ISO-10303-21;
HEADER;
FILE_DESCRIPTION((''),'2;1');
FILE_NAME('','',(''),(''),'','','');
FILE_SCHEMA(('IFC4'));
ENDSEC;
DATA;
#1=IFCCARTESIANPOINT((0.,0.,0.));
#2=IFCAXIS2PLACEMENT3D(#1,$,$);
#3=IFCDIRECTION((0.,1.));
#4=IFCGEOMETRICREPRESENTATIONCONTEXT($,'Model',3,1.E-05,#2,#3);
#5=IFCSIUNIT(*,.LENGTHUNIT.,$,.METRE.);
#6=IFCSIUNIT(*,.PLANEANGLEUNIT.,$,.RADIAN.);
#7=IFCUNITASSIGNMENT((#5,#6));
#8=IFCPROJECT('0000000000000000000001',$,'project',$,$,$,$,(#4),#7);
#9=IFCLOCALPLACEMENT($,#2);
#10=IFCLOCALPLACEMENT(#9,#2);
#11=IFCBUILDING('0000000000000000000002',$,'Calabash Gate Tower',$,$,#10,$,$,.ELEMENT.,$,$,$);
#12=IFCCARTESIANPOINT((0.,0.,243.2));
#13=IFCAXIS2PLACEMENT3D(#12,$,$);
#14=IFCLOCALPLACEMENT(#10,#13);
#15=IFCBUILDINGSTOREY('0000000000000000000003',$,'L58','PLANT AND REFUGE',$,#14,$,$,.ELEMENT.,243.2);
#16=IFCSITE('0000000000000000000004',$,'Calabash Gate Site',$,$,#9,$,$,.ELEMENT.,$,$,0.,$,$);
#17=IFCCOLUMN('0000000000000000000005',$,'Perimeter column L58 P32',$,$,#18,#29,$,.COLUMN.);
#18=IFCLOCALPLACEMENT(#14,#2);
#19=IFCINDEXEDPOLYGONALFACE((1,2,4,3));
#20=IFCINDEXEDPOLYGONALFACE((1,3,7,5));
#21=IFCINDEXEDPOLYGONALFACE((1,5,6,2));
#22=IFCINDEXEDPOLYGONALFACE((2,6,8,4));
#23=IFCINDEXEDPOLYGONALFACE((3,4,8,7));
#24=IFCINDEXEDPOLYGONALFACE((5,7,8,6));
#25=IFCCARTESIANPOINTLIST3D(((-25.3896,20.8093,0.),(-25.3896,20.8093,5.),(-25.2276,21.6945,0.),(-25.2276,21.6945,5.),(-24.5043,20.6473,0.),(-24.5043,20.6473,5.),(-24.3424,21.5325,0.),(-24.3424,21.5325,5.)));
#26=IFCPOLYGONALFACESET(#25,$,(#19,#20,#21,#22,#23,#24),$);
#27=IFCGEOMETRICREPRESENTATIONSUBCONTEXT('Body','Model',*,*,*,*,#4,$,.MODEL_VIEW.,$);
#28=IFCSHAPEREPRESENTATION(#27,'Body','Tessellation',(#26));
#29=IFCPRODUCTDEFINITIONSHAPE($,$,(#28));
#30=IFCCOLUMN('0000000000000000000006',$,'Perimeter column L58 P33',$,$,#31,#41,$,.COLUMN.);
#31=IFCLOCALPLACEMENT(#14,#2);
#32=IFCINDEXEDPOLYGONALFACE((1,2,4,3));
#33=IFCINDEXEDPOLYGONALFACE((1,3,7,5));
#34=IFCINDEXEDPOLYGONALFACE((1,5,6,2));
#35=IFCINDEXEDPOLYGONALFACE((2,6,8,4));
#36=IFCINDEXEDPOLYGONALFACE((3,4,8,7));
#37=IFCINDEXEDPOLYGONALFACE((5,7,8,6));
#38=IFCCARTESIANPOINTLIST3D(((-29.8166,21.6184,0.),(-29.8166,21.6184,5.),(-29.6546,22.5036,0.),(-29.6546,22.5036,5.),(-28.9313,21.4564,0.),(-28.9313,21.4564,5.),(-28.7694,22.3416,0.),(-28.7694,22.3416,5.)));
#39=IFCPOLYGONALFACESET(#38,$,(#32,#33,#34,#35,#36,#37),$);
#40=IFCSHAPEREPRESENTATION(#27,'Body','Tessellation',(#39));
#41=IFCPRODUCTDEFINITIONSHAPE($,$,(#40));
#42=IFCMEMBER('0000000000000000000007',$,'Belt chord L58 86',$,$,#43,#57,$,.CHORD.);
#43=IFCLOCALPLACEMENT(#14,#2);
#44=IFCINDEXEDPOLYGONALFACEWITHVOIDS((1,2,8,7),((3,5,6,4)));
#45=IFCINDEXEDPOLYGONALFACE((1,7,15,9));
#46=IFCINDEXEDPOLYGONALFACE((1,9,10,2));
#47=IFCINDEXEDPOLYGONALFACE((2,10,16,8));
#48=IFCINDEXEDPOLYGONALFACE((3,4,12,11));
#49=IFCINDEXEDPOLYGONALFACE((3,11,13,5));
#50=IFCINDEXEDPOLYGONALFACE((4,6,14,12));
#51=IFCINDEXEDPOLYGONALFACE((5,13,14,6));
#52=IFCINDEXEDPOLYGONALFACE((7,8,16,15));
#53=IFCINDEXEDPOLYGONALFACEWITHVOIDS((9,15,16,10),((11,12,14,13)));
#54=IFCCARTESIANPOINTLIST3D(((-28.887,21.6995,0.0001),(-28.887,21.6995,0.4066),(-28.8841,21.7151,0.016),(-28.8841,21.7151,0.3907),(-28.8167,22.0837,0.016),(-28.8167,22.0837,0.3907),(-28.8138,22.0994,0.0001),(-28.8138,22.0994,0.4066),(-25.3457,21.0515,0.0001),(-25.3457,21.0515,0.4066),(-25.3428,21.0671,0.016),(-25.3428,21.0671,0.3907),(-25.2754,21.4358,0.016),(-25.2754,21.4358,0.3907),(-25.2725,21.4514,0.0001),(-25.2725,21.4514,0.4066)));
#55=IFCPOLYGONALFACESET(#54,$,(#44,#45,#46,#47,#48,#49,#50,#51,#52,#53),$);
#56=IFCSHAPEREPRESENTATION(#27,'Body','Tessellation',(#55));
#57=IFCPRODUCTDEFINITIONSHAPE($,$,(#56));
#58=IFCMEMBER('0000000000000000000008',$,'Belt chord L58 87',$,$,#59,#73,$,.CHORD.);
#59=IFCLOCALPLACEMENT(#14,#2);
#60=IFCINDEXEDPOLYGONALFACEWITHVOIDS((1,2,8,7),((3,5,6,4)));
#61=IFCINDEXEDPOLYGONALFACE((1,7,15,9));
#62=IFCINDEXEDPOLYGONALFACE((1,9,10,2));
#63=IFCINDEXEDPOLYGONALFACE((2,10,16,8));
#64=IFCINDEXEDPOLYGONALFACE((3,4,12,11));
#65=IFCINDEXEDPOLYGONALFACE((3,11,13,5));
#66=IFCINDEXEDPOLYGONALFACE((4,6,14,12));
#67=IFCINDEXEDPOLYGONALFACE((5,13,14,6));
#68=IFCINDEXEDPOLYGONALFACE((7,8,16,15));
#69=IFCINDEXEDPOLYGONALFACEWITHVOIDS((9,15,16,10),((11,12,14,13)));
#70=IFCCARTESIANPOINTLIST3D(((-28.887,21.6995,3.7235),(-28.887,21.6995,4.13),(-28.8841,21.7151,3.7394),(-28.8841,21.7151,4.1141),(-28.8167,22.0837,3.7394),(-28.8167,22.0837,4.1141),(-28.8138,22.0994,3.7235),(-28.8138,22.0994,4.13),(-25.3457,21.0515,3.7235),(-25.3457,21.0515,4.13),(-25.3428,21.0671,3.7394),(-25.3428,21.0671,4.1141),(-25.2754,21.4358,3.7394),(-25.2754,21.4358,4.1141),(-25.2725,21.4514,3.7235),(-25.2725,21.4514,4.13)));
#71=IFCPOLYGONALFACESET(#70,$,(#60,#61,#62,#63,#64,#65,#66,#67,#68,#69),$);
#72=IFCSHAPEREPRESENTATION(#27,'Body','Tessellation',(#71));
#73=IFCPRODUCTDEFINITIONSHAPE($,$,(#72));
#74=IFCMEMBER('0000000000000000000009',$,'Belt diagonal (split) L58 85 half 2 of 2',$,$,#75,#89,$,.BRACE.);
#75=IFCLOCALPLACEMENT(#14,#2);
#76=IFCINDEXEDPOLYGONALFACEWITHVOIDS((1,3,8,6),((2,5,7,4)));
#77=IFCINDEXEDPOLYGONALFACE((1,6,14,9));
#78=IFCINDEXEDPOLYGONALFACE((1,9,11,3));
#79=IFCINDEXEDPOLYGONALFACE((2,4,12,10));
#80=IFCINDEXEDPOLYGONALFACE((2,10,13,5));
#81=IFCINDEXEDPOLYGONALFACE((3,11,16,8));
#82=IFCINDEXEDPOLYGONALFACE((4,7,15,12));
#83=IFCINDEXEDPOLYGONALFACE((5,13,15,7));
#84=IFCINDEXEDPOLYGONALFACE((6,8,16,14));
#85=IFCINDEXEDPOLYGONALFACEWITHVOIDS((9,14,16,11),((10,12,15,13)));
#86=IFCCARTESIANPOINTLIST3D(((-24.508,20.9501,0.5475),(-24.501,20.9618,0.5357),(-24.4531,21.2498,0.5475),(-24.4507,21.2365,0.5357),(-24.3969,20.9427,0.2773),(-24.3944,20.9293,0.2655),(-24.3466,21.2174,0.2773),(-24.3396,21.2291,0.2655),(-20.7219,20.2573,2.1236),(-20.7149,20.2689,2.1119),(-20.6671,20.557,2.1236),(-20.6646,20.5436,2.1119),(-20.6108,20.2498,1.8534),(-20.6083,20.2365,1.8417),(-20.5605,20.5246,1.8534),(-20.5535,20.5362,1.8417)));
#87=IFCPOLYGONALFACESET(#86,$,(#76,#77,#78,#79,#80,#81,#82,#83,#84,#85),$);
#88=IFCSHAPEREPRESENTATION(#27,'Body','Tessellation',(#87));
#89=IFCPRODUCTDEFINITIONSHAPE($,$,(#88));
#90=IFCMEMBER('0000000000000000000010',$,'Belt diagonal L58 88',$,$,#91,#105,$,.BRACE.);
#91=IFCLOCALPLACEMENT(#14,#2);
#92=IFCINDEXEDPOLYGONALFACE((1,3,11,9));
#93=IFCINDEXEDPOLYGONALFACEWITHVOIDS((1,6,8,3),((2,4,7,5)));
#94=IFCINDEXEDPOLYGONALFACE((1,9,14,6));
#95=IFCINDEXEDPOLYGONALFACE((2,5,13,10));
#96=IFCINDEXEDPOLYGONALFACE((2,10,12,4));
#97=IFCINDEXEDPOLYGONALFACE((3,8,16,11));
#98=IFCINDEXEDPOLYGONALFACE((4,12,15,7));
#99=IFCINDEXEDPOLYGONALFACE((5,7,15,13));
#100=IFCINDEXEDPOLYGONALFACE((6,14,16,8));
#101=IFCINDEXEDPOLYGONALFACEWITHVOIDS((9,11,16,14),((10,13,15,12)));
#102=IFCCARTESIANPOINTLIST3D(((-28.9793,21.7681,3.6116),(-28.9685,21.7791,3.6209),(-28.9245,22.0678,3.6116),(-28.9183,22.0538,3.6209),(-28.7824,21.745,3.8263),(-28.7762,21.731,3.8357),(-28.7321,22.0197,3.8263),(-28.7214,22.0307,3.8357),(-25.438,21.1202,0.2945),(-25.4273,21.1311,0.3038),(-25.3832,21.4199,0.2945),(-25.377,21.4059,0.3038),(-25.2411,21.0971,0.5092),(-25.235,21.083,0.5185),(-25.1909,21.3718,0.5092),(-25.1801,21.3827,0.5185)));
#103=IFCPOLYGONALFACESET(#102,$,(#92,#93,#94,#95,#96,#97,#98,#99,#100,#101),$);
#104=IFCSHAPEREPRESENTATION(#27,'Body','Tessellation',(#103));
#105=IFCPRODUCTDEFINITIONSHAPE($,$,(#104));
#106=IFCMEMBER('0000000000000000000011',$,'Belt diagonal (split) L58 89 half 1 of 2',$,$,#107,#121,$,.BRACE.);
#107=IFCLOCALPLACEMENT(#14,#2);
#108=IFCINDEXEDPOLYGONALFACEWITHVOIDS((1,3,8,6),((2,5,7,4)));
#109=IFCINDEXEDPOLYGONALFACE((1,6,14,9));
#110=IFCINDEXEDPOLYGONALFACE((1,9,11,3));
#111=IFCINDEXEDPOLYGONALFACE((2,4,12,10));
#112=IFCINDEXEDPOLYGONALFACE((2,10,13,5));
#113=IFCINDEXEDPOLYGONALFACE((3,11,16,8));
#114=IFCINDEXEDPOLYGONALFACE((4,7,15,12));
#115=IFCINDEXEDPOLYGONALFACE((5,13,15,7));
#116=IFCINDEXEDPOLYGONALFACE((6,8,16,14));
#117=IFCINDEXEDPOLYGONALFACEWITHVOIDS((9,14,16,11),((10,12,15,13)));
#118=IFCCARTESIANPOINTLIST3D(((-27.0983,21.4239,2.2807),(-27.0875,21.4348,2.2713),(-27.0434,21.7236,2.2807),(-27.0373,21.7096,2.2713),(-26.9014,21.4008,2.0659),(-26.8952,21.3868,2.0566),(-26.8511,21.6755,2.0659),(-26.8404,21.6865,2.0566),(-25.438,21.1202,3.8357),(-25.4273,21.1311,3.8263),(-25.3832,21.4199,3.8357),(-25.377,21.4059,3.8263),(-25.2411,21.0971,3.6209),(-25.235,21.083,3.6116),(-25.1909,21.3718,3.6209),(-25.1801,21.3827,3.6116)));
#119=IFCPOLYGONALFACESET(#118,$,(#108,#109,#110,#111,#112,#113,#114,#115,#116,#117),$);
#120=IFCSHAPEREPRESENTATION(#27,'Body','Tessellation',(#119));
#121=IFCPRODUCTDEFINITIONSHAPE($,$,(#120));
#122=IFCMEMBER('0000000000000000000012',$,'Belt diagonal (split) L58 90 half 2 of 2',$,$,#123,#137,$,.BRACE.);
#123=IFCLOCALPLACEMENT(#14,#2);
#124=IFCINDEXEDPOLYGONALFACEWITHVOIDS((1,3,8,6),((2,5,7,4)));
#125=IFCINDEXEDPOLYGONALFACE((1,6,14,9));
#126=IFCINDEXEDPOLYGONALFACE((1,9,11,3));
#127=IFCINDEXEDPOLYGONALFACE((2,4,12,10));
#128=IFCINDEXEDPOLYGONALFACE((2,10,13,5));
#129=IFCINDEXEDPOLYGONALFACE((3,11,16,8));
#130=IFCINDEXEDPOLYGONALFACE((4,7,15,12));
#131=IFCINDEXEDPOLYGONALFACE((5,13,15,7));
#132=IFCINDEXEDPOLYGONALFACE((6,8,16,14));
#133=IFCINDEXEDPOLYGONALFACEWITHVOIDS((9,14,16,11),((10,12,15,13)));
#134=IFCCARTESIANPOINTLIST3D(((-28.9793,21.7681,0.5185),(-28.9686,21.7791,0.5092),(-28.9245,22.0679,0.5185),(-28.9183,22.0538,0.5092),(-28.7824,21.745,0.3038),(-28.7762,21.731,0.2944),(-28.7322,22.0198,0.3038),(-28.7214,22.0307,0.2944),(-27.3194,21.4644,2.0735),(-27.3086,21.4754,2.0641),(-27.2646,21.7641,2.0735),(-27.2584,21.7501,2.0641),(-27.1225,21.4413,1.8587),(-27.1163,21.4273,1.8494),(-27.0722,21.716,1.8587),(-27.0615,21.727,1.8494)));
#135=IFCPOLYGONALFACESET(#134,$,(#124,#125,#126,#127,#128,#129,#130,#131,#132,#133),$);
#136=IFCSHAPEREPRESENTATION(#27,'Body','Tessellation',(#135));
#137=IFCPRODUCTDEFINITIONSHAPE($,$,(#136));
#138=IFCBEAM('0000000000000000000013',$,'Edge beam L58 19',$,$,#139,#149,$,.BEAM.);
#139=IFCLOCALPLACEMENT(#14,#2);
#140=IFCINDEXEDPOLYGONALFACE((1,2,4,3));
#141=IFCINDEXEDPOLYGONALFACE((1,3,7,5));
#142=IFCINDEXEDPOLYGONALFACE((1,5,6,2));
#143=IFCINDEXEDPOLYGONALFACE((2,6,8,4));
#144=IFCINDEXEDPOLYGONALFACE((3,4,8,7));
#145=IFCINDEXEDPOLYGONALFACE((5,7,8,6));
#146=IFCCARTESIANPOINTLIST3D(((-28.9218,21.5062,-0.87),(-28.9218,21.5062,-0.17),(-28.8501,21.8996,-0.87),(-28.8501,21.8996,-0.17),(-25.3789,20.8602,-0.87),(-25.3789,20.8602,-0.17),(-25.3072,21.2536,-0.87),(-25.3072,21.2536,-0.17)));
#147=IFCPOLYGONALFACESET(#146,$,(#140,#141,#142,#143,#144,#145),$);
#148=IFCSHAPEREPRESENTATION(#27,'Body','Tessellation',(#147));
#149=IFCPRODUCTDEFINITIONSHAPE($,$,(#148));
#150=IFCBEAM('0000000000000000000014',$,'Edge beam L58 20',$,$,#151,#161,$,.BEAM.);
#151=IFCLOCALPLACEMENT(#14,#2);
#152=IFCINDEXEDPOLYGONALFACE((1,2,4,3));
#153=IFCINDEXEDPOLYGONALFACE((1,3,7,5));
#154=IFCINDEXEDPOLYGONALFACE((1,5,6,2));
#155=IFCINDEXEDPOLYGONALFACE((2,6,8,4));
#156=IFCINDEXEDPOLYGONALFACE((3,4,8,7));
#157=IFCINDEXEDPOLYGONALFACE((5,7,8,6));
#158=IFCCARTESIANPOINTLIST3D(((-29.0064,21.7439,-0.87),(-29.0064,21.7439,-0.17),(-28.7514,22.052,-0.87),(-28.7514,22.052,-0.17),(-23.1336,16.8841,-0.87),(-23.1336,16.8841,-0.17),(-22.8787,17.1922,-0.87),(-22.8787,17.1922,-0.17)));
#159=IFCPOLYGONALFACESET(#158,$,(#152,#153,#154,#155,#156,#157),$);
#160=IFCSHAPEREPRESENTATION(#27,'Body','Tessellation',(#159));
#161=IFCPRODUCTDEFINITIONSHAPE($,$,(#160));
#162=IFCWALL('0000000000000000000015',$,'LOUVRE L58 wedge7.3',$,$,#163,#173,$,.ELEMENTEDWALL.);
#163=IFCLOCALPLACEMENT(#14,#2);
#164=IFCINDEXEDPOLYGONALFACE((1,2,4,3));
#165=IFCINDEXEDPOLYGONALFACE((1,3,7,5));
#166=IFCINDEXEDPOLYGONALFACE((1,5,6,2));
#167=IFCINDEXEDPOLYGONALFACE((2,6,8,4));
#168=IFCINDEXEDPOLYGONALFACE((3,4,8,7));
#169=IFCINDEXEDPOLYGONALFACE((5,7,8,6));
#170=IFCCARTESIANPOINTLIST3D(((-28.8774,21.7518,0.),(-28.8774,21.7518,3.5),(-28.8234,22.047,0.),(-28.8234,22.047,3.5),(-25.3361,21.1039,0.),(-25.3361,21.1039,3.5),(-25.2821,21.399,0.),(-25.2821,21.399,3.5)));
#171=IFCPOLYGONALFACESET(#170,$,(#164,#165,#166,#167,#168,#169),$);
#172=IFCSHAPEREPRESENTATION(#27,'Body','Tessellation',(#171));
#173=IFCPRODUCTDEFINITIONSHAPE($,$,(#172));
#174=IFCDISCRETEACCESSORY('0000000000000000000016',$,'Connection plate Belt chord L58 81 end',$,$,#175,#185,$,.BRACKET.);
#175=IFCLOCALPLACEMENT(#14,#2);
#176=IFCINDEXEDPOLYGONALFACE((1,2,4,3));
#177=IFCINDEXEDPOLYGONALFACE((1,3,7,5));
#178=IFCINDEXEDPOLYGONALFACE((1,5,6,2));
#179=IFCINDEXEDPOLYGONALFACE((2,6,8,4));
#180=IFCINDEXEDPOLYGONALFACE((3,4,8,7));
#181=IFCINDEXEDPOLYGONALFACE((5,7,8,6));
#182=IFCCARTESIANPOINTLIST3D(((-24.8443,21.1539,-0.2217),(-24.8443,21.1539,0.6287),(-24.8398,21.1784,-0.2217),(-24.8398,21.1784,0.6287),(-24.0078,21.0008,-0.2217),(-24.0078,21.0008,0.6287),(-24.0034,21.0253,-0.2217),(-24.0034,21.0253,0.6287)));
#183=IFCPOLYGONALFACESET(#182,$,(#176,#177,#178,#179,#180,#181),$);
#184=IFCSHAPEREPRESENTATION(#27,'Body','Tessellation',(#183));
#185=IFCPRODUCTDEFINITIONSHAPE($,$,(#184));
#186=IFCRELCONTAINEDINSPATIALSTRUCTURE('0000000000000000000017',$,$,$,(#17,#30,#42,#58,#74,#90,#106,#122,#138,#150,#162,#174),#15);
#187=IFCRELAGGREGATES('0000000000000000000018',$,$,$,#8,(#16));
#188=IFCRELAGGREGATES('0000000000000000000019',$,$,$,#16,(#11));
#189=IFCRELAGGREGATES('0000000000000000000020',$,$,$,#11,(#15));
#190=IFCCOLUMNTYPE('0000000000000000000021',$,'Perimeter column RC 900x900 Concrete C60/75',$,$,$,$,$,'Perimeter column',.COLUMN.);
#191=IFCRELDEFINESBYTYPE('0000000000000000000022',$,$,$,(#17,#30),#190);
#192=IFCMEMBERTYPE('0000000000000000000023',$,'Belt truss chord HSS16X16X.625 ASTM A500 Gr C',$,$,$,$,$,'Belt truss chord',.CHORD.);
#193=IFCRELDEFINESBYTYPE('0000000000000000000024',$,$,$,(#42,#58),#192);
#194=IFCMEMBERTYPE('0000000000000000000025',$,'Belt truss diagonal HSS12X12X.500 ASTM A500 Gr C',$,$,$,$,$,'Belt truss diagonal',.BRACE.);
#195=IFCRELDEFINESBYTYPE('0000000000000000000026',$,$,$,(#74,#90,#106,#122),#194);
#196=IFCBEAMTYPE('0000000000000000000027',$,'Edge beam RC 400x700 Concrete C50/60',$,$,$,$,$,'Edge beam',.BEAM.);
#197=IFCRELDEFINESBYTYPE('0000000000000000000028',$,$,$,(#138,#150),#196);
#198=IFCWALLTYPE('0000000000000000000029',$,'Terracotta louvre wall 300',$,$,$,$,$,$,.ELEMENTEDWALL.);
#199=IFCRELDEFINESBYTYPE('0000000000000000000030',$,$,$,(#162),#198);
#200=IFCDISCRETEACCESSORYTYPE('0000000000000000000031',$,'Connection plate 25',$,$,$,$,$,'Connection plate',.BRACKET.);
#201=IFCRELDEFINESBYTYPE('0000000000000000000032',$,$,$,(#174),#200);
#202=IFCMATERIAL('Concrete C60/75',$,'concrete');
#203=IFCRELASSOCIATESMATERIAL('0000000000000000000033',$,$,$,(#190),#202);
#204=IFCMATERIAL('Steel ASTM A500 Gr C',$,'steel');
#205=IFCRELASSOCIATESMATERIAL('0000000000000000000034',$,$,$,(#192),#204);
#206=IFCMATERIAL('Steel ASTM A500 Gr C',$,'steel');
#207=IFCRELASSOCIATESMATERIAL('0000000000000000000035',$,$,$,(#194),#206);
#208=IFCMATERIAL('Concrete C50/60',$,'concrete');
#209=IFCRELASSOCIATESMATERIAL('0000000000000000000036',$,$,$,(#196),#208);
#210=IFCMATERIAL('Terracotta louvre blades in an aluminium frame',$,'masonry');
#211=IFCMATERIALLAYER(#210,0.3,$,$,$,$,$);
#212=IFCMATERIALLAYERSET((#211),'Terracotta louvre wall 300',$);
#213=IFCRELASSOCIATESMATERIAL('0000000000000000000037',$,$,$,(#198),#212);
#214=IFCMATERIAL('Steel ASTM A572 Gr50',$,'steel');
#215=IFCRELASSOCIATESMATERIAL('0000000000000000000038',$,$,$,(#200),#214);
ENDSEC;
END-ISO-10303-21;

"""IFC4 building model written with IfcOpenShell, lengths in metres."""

from ifc_helpers import new_model, si_unit, direction, frame, frame_2d, origin, origin_2d, place, context, subcontext, project, spatial, rectangle, hollow_rectangle, extrude, material, layer, layer_set, material_profile, profile_set, type_object, element, save


model = new_model("IFC4")

# Units and contexts
model_context = context("Model", 3, precision=1e-05, world=origin(), true_north=direction((0.0, 1.0)))
body_context = subcontext(model_context, "Body", "Model", "MODEL_VIEW")
ifc_project = project(units=[si_unit("LENGTHUNIT", "METRE"), si_unit("PLANEANGLEUNIT", "RADIAN")], contexts=[model_context])

# Site, building, storey
site_placement = place(None, origin())
site = spatial("IfcSite", under=ifc_project, at=site_placement, Name="Calabash Gate Site", CompositionType="ELEMENT", RefElevation=0.0)
building_placement = place(site_placement, origin())
building = spatial("IfcBuilding", under=site, at=building_placement, Name="Calabash Gate Tower", CompositionType="ELEMENT")
storey_placement = place(building_placement, frame((0.0, 0.0, 243.2)))
storey = spatial("IfcBuildingStorey", under=building, at=storey_placement, Name="L58", Description="PLANT AND REFUGE", CompositionType="ELEMENT", Elevation=243.2)

# Columns
ifc_material_1 = material(Name="Concrete C60/75", Category="concrete")
ifc_material_profile_1 = material_profile(ifc_material_1, rectangle(XDim=0.8999, YDim=0.8999, at=origin_2d()))
ifc_profile_set_1 = profile_set([ifc_material_profile_1], Name="Concrete C60/75")
column_type = type_object("IfcColumnType", Name="Perimeter column RC 900x900 Concrete C60/75", ElementType="Perimeter column", PredefinedType="COLUMN", material=ifc_profile_set_1)
for number, where, z_axis, x_axis, name in (
    (1, (-24.866, 21.1709, 0.0), (0.0, 0.0, 1.0), (-0.98367, 0.179982, 0.0), "Perimeter column L58 P32"),
    (2, (-29.293, 21.98, 0.0), (0.0, 0.0, 1.0), (-0.98367, 0.179982, 0.0), "Perimeter column L58 P33"),
):
    element("IfcColumn", number, at=place(storey_placement, frame(where, z_axis=z_axis, x_axis=x_axis)), inside=storey, type_object=column_type, Name=name, PredefinedType="COLUMN", context=body_context, shape_type="SweptSolid", body=[
        extrude(rectangle(XDim=0.8999, YDim=0.8999, at=origin_2d()), origin(), (0.0, 0.0, 1.0), 5.0),
    ])

# Members
ifc_material_2 = material(Name="Steel ASTM A500 Gr C", Category="steel")
ifc_material_profile_2 = material_profile(ifc_material_2, hollow_rectangle(XDim=0.4065, YDim=0.4065, WallThickness=0.0159, at=origin_2d()))
ifc_profile_set_2 = profile_set([ifc_material_profile_2], Name="Steel ASTM A500 Gr C")
member_type_1 = type_object("IfcMemberType", Name="Belt truss chord HSS16X16X.625 ASTM A500 Gr C", ElementType="Belt truss chord", PredefinedType="CHORD", material=ifc_profile_set_2)
for number, where, z_axis, x_axis, name in (
    (3, (-25.3091, 21.2515, 0.2034), (-0.98367, 0.179983, 0.0), (-0.179983, -0.98367, 0.0), "Belt chord L58 86"),
    (4, (-25.3091, 21.2515, 3.9268), (-0.98367, 0.179983, 0.0), (-0.179983, -0.98367, 0.0), "Belt chord L58 87"),
):
    element("IfcMember", number, at=place(storey_placement, frame(where, z_axis=z_axis, x_axis=x_axis)), inside=storey, type_object=member_type_1, Name=name, PredefinedType="CHORD", context=body_context, shape_type="SweptSolid", body=[
        extrude(hollow_rectangle(XDim=0.4065, YDim=0.4065, WallThickness=0.0159, at=origin_2d()), origin(), (0.0, 0.0, 1.0), 3.6001),
    ])
ifc_material_3 = material(Name="Steel ASTM A500 Gr C", Category="steel")
ifc_material_profile_3 = material_profile(ifc_material_3, hollow_rectangle(XDim=0.3047, YDim=0.3047, WallThickness=0.0127, at=origin_2d()))
ifc_profile_set_3 = profile_set([ifc_material_profile_3], Name="Steel ASTM A500 Gr C")
member_type_2 = type_object("IfcMemberType", Name="Belt truss diagonal HSS12X12X.500 ASTM A500 Gr C", ElementType="Belt truss diagonal", PredefinedType="BRACE", material=ifc_profile_set_3)
member_1_placement = place(storey_placement, frame((-20.6377, 20.3967, 1.9827), z_axis=(-0.910297, 0.166586, -0.378958), x_axis=(-0.180013, -0.983664, 0.0)))
element("IfcMember", 5, at=member_1_placement, inside=storey, type_object=member_type_2, Name="Belt diagonal (split) L58 85 half 2 of 2", PredefinedType="BRACE", context=body_context, shape_type="SweptSolid", body=[
    extrude(hollow_rectangle(XDim=0.3047, YDim=0.3047, WallThickness=0.0127, at=origin_2d()), origin(), (0.0, 0.0, 1.0), 4.1592),
])
member_2_placement = place(storey_placement, frame((-25.3091, 21.2515, 0.4065), z_axis=(-0.723403, 0.132362, 0.67762), x_axis=(-0.179983, -0.98367, 0.0)))
element("IfcMember", 6, at=member_2_placement, inside=storey, type_object=member_type_2, Name="Belt diagonal L58 88", PredefinedType="BRACE", context=body_context, shape_type="SweptSolid", body=[
    extrude(hollow_rectangle(XDim=0.3047, YDim=0.3047, WallThickness=0.0127, at=origin_2d()), origin(), (0.0, 0.0, 1.0), 4.8953),
])
member_3_placement = place(storey_placement, frame((-25.3091, 21.2515, 3.7236), z_axis=(-0.723438, 0.132347, -0.677585), x_axis=(-0.179955, -0.983675, 0.0)))
element("IfcMember", 7, at=member_3_placement, inside=storey, type_object=member_type_2, Name="Belt diagonal (split) L58 89 half 1 of 2", PredefinedType="BRACE", context=body_context, shape_type="SweptSolid", body=[
    extrude(hollow_rectangle(XDim=0.3047, YDim=0.3047, WallThickness=0.0127, at=origin_2d()), origin(), (0.0, 0.0, 1.0), 2.2949),
])
member_4_placement = place(storey_placement, frame((-27.1904, 21.5957, 1.9614), z_axis=(-0.723388, 0.132357, -0.677637), x_axis=(-0.17998, -0.98367, 0.0)))
element("IfcMember", 8, at=member_4_placement, inside=storey, type_object=member_type_2, Name="Belt diagonal (split) L58 90 half 2 of 2", PredefinedType="BRACE", context=body_context, shape_type="SweptSolid", body=[
    extrude(hollow_rectangle(XDim=0.3047, YDim=0.3047, WallThickness=0.0127, at=origin_2d()), origin(), (0.0, 0.0, 1.0), 2.2947),
])

# Beams
ifc_material_4 = material(Name="Concrete C50/60", Category="concrete")
ifc_material_profile_4 = material_profile(ifc_material_4, rectangle(XDim=0.3999, YDim=0.7, at=origin_2d()))
ifc_profile_set_4 = profile_set([ifc_material_profile_4], Name="Concrete C50/60")
beam_type = type_object("IfcBeamType", Name="Edge beam RC 400x700 Concrete C50/60", ElementType="Edge beam", PredefinedType="BEAM", material=ifc_profile_set_4)
beam_1_placement = place(storey_placement, frame((-25.343, 21.0569, -0.52), z_axis=(-0.983781, 0.179375, 0.0), x_axis=(-0.179375, -0.983781, 0.0)))
element("IfcBeam", 9, at=beam_1_placement, inside=storey, type_object=beam_type, Name="Edge beam L58 19", PredefinedType="BEAM", context=body_context, shape_type="SweptSolid", body=[
    extrude(rectangle(XDim=0.3999, YDim=0.7, at=origin_2d()), origin(), (0.0, 0.0, 1.0), 3.6013),
])
beam_2_placement = place(storey_placement, frame((-28.8789, 21.8979, -0.52), z_axis=(0.770419, -0.637538, 0.0), x_axis=(0.637538, 0.770419, 0.0)))
element("IfcBeam", 10, at=beam_2_placement, inside=storey, type_object=beam_type, Name="Edge beam L58 20", PredefinedType="BEAM", context=body_context, shape_type="SweptSolid", body=[
    extrude(rectangle(XDim=0.3999, YDim=0.7, at=origin_2d()), origin(), (0.0, 0.0, 1.0), 7.6228),
])

# Wall
ifc_material_5 = material(Name="Terracotta louvre blades in an aluminium frame", Category="masonry")
ifc_layer = layer(ifc_material_5, 0.3)
ifc_layer_set = layer_set([ifc_layer], Name="Terracotta louvre wall 300")
wall_type = type_object("IfcWallType", Name="Terracotta louvre wall 300", PredefinedType="ELEMENTEDWALL", material=ifc_layer_set)
wall_placement = place(storey_placement, frame((-25.3091, 21.2515, 0.0), z_axis=(0.0, 0.0, 1.0), x_axis=(-0.98367, 0.179983, 0.0)))
element("IfcWall", 11, at=wall_placement, inside=storey, type_object=wall_type, Name="LOUVRE L58 wedge7.3", PredefinedType="ELEMENTEDWALL", context=body_context, shape_type="SweptSolid", body=[
    extrude(rectangle(XDim=3.6001, YDim=0.3, at=frame_2d((1.8, 0.0))), origin(), (0.0, 0.0, 1.0), 3.5),
])

# Discrete accessory
ifc_material_6 = material(Name="Steel ASTM A572 Gr50", Category="steel")
discrete_accessory_type = type_object("IfcDiscreteAccessoryType", Name="Connection plate 25", ElementType="Connection plate", PredefinedType="BRACKET", material=ifc_material_6)
for number, where, z_axis, x_axis, name in (
    (12, (-24.4238, 21.0896, -0.2217), (0.0, 0.0, 1.0), (-0.98367, 0.179982, 0.0), "Connection plate Belt chord L58 81 end"),
):
    element("IfcDiscreteAccessory", number, at=place(storey_placement, frame(where, z_axis=z_axis, x_axis=x_axis)), inside=storey, type_object=discrete_accessory_type, Name=name, PredefinedType="BRACKET", context=body_context, shape_type="SweptSolid", body=[
        extrude(rectangle(XDim=0.8503, YDim=0.0249, at=origin_2d()), origin(), (0.0, 0.0, 1.0), 0.8503),
    ])

save(model, "model.ifc")
